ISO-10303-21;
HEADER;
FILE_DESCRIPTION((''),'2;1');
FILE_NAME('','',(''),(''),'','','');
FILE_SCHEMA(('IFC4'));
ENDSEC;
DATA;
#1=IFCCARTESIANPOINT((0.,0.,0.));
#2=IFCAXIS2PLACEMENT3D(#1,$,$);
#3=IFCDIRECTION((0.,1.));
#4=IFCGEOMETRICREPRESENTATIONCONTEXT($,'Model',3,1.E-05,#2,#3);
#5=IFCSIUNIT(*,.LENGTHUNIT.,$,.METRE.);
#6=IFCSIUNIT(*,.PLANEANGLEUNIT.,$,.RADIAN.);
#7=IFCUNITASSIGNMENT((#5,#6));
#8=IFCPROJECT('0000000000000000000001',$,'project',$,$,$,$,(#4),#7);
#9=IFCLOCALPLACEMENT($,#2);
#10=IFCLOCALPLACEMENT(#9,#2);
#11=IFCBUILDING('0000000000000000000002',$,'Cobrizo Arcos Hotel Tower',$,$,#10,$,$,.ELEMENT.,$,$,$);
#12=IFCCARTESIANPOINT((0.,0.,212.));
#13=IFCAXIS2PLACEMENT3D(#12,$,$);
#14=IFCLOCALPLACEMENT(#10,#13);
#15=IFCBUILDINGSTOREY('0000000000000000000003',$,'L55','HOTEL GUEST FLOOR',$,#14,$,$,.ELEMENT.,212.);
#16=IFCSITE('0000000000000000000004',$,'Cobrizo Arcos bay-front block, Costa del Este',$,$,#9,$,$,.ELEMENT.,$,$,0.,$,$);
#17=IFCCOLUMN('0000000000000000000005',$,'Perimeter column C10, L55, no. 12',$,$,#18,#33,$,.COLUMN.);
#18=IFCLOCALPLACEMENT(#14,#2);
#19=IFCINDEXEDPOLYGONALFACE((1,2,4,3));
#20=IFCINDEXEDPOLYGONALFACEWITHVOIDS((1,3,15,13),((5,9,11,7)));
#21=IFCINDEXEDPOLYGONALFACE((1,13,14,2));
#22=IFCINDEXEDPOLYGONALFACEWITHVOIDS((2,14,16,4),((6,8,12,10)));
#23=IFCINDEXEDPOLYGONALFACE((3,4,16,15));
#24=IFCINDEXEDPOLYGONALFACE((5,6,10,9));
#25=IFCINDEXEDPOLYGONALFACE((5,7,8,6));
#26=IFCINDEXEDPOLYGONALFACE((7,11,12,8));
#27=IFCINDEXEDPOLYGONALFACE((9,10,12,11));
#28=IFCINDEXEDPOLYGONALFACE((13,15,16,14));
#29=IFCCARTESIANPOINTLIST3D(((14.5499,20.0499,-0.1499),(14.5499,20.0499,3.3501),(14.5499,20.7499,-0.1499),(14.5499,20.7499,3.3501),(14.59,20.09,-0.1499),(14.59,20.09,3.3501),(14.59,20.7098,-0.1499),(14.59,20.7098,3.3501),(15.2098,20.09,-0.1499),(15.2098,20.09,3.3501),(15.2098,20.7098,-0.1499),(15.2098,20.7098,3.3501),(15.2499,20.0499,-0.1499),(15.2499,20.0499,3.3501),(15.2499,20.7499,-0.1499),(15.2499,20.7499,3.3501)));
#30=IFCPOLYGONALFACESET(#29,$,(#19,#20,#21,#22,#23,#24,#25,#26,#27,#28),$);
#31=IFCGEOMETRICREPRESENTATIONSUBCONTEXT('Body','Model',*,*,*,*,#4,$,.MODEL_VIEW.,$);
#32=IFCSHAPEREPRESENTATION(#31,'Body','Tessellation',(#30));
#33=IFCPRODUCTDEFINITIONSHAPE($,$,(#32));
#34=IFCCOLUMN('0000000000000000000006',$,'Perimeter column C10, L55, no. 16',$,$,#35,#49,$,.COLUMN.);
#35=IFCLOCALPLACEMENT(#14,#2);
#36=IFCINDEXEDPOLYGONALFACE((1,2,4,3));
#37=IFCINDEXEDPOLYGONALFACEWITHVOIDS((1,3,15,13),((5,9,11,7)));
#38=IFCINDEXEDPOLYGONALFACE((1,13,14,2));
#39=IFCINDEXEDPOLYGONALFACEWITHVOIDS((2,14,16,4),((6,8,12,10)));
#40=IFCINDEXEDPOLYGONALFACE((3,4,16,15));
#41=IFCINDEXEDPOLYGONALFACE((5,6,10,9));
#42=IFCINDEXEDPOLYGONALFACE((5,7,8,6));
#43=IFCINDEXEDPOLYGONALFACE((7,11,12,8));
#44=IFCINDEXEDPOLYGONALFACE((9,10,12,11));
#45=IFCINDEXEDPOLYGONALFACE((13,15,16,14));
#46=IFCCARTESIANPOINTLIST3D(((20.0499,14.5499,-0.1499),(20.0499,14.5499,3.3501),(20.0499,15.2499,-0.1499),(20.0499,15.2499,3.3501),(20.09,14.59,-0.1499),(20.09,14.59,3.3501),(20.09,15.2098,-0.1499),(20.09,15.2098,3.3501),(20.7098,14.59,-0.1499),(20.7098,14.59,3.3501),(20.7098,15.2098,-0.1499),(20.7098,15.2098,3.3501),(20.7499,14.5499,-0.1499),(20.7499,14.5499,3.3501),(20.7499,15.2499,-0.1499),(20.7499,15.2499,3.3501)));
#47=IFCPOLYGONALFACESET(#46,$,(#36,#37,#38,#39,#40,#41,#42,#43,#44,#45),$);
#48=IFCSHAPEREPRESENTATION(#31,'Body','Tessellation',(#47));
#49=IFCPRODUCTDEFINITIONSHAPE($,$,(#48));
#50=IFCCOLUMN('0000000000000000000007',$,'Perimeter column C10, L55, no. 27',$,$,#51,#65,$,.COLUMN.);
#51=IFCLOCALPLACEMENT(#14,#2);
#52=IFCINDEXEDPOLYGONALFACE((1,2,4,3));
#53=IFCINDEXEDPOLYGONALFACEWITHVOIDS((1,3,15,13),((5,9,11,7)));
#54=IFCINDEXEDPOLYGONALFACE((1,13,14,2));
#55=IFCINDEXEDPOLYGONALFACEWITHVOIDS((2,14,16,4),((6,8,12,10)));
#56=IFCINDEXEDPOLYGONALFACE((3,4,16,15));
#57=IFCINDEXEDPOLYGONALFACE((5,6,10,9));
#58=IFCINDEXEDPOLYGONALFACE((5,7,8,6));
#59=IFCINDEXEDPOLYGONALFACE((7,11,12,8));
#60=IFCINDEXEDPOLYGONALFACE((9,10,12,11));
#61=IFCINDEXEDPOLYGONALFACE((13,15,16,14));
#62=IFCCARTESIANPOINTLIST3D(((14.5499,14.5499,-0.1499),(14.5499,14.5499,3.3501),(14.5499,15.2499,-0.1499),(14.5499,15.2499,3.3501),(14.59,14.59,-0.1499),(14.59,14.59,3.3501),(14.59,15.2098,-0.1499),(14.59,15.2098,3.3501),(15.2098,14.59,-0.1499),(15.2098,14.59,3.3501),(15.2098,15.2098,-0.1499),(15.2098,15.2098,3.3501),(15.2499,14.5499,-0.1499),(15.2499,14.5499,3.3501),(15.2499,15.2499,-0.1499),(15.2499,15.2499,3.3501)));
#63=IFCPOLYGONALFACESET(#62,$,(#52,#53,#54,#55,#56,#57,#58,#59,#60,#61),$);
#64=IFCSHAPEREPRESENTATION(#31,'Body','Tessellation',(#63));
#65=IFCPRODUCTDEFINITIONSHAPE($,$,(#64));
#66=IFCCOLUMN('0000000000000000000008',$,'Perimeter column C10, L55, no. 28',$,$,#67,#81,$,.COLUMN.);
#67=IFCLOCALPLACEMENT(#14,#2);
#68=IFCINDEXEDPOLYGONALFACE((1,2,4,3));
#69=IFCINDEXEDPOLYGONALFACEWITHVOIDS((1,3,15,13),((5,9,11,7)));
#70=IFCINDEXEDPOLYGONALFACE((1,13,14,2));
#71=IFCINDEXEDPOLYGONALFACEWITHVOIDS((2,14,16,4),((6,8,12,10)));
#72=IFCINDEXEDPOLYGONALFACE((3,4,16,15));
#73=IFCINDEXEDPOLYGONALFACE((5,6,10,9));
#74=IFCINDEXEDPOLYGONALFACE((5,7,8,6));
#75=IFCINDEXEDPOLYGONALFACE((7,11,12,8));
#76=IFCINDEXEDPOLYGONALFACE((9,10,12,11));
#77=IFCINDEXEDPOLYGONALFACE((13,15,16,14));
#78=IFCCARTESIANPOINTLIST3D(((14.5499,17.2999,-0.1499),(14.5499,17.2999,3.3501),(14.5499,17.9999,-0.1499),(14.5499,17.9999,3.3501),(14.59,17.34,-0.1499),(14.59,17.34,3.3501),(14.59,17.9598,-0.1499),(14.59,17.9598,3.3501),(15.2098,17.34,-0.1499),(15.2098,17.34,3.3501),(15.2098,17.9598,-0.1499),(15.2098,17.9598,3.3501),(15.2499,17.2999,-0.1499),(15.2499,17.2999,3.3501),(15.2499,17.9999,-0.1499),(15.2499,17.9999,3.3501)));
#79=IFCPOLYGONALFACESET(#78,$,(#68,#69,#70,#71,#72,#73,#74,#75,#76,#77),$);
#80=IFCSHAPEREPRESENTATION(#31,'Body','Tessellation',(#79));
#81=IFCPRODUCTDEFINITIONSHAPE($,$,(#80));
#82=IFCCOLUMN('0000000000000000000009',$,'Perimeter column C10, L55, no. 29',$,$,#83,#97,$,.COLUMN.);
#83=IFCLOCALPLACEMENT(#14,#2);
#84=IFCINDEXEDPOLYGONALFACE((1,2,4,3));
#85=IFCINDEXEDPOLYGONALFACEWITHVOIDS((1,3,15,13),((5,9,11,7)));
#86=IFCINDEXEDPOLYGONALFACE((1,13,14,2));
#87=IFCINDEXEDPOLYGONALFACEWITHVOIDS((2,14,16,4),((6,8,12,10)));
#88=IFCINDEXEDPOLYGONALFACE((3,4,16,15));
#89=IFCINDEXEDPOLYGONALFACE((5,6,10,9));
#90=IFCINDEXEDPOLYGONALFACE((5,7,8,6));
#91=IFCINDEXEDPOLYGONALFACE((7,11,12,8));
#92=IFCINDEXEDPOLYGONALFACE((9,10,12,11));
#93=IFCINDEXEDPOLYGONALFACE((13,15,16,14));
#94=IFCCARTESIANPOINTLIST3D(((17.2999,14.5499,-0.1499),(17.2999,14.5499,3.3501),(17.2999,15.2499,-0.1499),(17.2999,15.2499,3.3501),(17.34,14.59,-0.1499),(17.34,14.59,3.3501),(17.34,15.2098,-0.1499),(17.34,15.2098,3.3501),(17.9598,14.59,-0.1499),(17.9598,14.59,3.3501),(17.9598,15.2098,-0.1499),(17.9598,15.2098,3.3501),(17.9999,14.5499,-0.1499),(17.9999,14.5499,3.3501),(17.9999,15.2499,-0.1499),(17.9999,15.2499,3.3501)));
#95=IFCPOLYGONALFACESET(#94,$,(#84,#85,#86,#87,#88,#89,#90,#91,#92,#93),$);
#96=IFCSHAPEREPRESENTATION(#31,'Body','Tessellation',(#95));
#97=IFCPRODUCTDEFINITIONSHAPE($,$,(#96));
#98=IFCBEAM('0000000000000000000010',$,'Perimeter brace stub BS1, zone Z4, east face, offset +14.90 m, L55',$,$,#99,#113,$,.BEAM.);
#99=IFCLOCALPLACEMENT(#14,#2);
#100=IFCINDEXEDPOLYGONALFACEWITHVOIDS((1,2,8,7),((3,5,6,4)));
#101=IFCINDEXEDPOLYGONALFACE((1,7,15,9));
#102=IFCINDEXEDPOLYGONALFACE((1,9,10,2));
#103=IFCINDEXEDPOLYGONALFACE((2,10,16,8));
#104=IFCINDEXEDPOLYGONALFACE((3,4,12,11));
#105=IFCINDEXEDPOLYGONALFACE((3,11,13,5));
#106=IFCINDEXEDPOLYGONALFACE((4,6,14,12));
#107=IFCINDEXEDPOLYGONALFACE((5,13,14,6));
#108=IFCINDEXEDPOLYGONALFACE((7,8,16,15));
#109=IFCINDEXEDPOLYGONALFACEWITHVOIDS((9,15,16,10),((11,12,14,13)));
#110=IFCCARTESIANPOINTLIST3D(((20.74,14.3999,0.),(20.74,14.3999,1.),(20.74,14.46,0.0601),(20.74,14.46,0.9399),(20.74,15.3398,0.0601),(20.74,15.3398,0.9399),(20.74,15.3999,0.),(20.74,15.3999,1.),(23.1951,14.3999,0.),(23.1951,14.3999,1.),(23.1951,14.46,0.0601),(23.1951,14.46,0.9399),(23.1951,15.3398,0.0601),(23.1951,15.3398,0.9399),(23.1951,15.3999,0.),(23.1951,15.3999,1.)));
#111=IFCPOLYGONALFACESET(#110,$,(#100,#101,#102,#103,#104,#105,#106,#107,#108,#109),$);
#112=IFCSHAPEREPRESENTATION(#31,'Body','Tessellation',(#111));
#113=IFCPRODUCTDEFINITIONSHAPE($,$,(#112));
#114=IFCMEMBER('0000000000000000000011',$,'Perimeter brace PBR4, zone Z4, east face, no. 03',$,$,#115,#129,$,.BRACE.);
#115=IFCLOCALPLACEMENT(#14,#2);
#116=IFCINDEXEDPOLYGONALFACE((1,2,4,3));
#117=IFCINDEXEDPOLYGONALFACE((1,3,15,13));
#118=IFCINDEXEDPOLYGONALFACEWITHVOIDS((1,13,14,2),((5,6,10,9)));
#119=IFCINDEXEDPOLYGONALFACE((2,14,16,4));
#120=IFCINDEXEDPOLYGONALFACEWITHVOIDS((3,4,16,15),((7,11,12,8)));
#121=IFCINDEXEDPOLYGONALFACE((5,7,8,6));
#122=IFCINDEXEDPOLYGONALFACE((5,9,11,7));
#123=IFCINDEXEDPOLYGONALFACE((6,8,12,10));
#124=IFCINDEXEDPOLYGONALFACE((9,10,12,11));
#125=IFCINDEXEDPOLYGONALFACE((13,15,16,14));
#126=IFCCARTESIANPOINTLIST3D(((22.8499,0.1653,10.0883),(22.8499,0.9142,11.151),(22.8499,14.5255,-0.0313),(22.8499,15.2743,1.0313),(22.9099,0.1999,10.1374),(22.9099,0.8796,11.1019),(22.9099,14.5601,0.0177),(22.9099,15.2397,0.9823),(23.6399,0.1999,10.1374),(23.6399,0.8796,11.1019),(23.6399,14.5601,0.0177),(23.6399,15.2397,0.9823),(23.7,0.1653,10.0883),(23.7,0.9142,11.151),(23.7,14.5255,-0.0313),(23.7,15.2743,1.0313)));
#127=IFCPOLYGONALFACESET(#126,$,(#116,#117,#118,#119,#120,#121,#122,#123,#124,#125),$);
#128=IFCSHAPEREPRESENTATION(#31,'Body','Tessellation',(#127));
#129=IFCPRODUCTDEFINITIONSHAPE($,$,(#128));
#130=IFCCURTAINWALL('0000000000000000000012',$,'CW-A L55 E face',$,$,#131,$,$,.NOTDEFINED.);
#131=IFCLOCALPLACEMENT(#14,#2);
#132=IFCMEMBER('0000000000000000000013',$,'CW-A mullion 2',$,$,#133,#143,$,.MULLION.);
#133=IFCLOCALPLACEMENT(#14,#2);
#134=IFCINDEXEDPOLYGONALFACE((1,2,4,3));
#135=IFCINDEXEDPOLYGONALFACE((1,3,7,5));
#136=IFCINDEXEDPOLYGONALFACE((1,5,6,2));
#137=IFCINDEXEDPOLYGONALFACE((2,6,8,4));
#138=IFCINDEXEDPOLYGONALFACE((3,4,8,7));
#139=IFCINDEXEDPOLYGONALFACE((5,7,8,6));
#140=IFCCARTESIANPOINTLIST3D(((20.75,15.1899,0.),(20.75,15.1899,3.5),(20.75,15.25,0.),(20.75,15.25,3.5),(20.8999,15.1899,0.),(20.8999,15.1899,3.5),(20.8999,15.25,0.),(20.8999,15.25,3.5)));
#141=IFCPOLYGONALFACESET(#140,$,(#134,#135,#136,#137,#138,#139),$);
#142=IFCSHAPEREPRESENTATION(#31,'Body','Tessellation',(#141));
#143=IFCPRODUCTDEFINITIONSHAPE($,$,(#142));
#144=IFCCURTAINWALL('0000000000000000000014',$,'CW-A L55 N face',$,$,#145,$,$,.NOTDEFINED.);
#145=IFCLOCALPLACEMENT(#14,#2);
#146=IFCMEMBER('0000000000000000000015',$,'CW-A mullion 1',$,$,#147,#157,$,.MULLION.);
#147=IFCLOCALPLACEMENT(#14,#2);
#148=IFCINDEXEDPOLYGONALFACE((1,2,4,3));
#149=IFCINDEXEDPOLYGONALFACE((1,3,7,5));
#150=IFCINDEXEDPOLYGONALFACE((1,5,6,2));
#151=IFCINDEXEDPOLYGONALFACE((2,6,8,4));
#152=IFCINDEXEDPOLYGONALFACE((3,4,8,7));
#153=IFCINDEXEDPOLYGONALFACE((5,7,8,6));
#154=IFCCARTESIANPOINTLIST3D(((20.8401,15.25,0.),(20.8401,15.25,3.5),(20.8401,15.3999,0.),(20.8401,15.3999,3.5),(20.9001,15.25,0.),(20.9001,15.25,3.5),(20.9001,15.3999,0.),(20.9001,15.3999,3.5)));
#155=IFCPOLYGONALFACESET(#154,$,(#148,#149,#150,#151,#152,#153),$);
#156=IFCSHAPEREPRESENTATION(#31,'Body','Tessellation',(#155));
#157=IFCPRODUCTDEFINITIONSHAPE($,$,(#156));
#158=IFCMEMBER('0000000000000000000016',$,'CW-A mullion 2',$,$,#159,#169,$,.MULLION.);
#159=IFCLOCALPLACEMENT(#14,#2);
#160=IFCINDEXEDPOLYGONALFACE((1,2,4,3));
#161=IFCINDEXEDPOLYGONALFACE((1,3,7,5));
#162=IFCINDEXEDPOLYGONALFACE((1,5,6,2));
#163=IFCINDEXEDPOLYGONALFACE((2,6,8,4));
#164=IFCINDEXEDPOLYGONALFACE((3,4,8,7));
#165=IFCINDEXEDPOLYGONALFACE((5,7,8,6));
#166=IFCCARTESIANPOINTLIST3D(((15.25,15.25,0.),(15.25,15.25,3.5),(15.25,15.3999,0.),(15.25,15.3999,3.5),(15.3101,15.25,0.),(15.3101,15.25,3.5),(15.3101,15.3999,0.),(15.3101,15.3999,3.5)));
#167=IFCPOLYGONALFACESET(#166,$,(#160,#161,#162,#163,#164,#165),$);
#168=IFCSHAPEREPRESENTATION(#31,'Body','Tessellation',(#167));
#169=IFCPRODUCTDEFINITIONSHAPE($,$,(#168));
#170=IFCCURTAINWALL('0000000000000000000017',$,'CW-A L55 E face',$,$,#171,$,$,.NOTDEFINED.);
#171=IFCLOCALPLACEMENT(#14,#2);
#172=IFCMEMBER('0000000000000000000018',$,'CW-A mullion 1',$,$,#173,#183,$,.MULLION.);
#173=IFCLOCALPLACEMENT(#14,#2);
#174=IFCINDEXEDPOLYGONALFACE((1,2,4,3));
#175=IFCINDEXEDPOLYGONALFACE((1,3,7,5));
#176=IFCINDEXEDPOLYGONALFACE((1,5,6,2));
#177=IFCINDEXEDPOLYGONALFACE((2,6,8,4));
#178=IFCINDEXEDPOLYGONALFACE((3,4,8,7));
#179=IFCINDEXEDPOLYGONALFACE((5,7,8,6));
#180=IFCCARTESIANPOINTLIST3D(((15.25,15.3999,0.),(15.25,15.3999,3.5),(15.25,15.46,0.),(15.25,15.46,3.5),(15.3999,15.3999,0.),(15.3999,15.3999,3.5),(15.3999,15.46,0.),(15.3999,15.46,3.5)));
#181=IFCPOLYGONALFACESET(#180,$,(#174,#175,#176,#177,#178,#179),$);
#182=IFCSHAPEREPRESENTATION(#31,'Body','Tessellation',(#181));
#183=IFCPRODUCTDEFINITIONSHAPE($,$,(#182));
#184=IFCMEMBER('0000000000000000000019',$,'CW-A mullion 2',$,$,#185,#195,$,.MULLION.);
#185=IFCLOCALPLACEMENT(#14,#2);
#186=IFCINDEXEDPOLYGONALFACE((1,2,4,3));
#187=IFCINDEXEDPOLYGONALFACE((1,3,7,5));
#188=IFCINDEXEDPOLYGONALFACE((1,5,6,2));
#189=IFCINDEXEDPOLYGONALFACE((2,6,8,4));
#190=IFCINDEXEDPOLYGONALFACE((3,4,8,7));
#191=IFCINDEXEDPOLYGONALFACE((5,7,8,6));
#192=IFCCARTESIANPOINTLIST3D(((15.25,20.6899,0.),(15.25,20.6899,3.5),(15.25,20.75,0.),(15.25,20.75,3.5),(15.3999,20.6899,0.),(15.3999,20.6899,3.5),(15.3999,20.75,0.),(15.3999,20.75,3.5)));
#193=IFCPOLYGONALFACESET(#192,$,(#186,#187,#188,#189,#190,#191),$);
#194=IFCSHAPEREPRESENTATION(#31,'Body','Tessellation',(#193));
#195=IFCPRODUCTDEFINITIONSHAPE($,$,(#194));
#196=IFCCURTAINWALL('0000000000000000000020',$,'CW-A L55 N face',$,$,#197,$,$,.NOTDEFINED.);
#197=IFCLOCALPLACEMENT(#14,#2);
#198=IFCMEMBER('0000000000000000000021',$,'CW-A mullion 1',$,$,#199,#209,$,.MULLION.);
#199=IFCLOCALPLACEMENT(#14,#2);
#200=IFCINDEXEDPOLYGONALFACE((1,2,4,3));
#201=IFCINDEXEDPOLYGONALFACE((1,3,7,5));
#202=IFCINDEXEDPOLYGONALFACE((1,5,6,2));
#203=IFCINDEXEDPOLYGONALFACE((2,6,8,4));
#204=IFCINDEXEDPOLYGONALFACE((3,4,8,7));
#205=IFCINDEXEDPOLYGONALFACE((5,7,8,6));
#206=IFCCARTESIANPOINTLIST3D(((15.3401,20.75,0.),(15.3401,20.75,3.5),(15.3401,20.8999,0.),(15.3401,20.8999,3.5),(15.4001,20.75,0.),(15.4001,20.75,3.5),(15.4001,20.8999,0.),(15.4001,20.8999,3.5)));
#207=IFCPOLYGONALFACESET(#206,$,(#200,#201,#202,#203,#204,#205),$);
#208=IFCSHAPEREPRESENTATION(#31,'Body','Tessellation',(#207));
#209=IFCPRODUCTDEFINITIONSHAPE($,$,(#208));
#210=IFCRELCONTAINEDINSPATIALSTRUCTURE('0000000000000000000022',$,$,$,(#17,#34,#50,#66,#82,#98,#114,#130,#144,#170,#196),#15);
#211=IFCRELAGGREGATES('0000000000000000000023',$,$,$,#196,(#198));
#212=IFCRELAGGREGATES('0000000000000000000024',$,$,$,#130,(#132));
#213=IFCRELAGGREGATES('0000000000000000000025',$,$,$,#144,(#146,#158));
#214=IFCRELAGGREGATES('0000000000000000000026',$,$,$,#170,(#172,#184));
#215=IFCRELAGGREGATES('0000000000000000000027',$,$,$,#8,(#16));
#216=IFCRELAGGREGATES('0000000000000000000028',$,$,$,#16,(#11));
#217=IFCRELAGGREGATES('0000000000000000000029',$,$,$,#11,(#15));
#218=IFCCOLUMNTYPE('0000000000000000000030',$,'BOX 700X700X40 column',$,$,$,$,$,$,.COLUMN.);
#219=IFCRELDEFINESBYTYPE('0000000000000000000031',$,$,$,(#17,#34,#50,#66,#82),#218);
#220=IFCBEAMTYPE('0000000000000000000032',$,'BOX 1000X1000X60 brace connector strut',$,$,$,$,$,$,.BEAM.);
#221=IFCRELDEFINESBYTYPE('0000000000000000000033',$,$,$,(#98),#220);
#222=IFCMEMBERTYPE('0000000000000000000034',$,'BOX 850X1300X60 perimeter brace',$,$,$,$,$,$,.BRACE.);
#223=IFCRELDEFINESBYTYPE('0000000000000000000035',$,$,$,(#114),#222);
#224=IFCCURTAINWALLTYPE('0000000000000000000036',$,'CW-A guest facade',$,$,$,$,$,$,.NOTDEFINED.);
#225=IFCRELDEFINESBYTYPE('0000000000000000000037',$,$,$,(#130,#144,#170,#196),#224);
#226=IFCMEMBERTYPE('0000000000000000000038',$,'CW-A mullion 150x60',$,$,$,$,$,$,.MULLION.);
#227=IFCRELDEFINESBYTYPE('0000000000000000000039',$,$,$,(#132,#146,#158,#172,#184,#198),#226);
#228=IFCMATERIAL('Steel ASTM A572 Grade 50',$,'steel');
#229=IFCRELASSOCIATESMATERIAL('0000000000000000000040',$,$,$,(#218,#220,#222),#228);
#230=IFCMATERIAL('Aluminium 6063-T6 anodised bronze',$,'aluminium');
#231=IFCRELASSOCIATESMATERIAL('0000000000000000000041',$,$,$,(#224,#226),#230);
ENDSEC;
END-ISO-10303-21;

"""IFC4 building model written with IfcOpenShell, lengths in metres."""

from ifc_helpers import new_model, si_unit, direction, frame, origin, origin_2d, place, context, subcontext, project, spatial, rectangle, hollow_rectangle, extrude, material, material_profile, profile_set, type_object, element, aggregate, save


model = new_model("IFC4")

# Units and contexts
model_context = context("Model", 3, precision=1e-05, world=origin(), true_north=direction((0.0, 1.0)))
body_context = subcontext(model_context, "Body", "Model", "MODEL_VIEW")
ifc_project = project(units=[si_unit("LENGTHUNIT", "METRE"), si_unit("PLANEANGLEUNIT", "RADIAN")], contexts=[model_context])

# Site, building, storey
site_placement = place(None, origin())
site = spatial("IfcSite", under=ifc_project, at=site_placement, Name="Cobrizo Arcos bay-front block, Costa del Este", CompositionType="ELEMENT", RefElevation=0.0)
building_placement = place(site_placement, origin())
building = spatial("IfcBuilding", under=site, at=building_placement, Name="Cobrizo Arcos Hotel Tower", CompositionType="ELEMENT")
storey_placement = place(building_placement, frame((0.0, 0.0, 212.0)))
storey = spatial("IfcBuildingStorey", under=building, at=storey_placement, Name="L55", Description="HOTEL GUEST FLOOR", CompositionType="ELEMENT", Elevation=212.0)

# Columns
ifc_material_1 = material(Name="Steel ASTM A572 Grade 50", Category="steel")
ifc_material_profile_1 = material_profile(ifc_material_1, hollow_rectangle(XDim=0.7, YDim=0.7, WallThickness=0.04, at=origin_2d()), Name="BOX 700X700X40")
ifc_profile_set_1 = profile_set([ifc_material_profile_1], Name="Steel ASTM A572 Grade 50")
column_type = type_object("IfcColumnType", Name="BOX 700X700X40 column", PredefinedType="COLUMN", material=ifc_profile_set_1)
for number, where, z_axis, x_axis, name in (
    (1, (14.8999, 20.3999, -0.1499), (0.0, 0.0, 1.0), (1.0, 0.0, 0.0), "Perimeter column C10, L55, no. 12"),
    (2, (20.3999, 14.8999, -0.1499), (0.0, 0.0, 1.0), (1.0, 0.0, 0.0), "Perimeter column C10, L55, no. 16"),
    (3, (14.8999, 14.8999, -0.1499), (0.0, 0.0, 1.0), (1.0, 0.0, 0.0), "Perimeter column C10, L55, no. 27"),
    (4, (14.8999, 17.6499, -0.1499), (0.0, 0.0, 1.0), (1.0, 0.0, 0.0), "Perimeter column C10, L55, no. 28"),
    (5, (17.6499, 14.8999, -0.1499), (0.0, 0.0, 1.0), (1.0, 0.0, 0.0), "Perimeter column C10, L55, no. 29"),
):
    element("IfcColumn", number, at=place(storey_placement, frame(where, z_axis=z_axis, x_axis=x_axis)), inside=storey, type_object=column_type, Name=name, PredefinedType="COLUMN", context=body_context, shape_type="SweptSolid", body=[
        extrude(hollow_rectangle(XDim=0.7, YDim=0.7, WallThickness=0.04, at=origin_2d()), origin(), (0.0, 0.0, 1.0), 3.5),
    ])

# Beam
ifc_material_profile_2 = material_profile(ifc_material_1, hollow_rectangle(XDim=1.0, YDim=1.0, WallThickness=0.0601, at=origin_2d()), Name="BOX 1000X1000X60")
ifc_profile_set_2 = profile_set([ifc_material_profile_2], Name="Steel ASTM A572 Grade 50")
beam_type_1 = type_object("IfcBeamType", Name="BOX 1000X1000X60 brace connector strut", PredefinedType="BEAM", material=ifc_profile_set_2)
beam_1_placement = place(storey_placement, frame((20.74, 14.8999, 0.5), z_axis=(1.0, 0.0, 0.0), x_axis=(0.0, 1.0, 0.0)))
element("IfcBeam", 6, at=beam_1_placement, inside=storey, type_object=beam_type_1, Name="Perimeter brace stub BS1, zone Z4, east face, offset +14.90 m, L55", PredefinedType="BEAM", context=body_context, shape_type="SweptSolid", body=[
    extrude(hollow_rectangle(XDim=1.0, YDim=1.0, WallThickness=0.0601, at=origin_2d()), origin(), (0.0, 0.0, 1.0), 2.4551),
])

# Member
ifc_material_profile_3 = material_profile(ifc_material_1, hollow_rectangle(XDim=0.8501, YDim=1.3, WallThickness=0.0601, at=origin_2d()), Name="BOX 850X1300X60")
ifc_profile_set_3 = profile_set([ifc_material_profile_3], Name="Steel ASTM A572 Grade 50")
member_type_1 = type_object("IfcMemberType", Name="BOX 850X1300X60 perimeter brace", PredefinedType="BRACE", material=ifc_profile_set_3)
member_1_placement = place(storey_placement, frame((23.2749, 14.8999, 0.5), z_axis=(0.0, -0.817421, 0.57604), x_axis=(1.0, 0.0, 0.0)))
element("IfcMember", 7, at=member_1_placement, inside=storey, type_object=member_type_1, Name="Perimeter brace PBR4, zone Z4, east face, no. 03", PredefinedType="BRACE", context=body_context, shape_type="SweptSolid", body=[
    extrude(hollow_rectangle(XDim=0.8501, YDim=1.3, WallThickness=0.0601, at=origin_2d()), origin(), (0.0, 0.0, 1.0), 17.5676),
])

# Curtain wall, member
ifc_material_2 = material(Name="Aluminium 6063-T6 anodised bronze", Category="aluminium")
curtain_wall_type = type_object("IfcCurtainWallType", Name="CW-A guest facade", PredefinedType="NOTDEFINED", material=ifc_material_2)
curtain_wall_1_placement = place(storey_placement, origin())
curtain_wall_1 = element("IfcCurtainWall", 8, at=curtain_wall_1_placement, inside=storey, type_object=curtain_wall_type, Name="CW-A L55 E face", PredefinedType="NOTDEFINED")
ifc_material_profile_4 = material_profile(ifc_material_2, rectangle(XDim=0.1499, YDim=0.0601, at=origin_2d()), Name="CW-A mullion 150x60")
ifc_profile_set_4 = profile_set([ifc_material_profile_4], Name="Aluminium 6063-T6 anodised bronze")
member_type_2 = type_object("IfcMemberType", Name="CW-A mullion 150x60", PredefinedType="MULLION", material=ifc_profile_set_4)
member_2_placement = place(storey_placement, frame((20.825, 15.22, 0.0), z_axis=(0.0, 0.0, 1.0), x_axis=(1.0, 0.0, 0.0)))
member_2 = element("IfcMember", 9, at=member_2_placement, type_object=member_type_2, Name="CW-A mullion 2", PredefinedType="MULLION", context=body_context, shape_type="SweptSolid", body=[
    extrude(rectangle(XDim=0.1499, YDim=0.0601, at=origin_2d()), origin(), (0.0, 0.0, 1.0), 3.5),
])

# Curtain walls, members
curtain_wall_2_placement = place(storey_placement, origin())
curtain_wall_2 = element("IfcCurtainWall", 10, at=curtain_wall_2_placement, inside=storey, type_object=curtain_wall_type, Name="CW-A L55 N face", PredefinedType="NOTDEFINED")
member_3_placement = place(storey_placement, frame((20.8701, 15.325, 0.0), z_axis=(0.0, 0.0, 1.0), x_axis=(0.0, 1.0, 0.0)))
member_3 = element("IfcMember", 11, at=member_3_placement, type_object=member_type_2, Name="CW-A mullion 1", PredefinedType="MULLION", context=body_context, shape_type="SweptSolid", body=[
    extrude(rectangle(XDim=0.1499, YDim=0.0601, at=origin_2d()), origin(), (0.0, 0.0, 1.0), 3.5),
])
member_4_placement = place(storey_placement, frame((15.28, 15.325, 0.0), z_axis=(0.0, 0.0, 1.0), x_axis=(0.0, 1.0, 0.0)))
member_4 = element("IfcMember", 12, at=member_4_placement, type_object=member_type_2, Name="CW-A mullion 2", PredefinedType="MULLION", context=body_context, shape_type="SweptSolid", body=[
    extrude(rectangle(XDim=0.1499, YDim=0.0601, at=origin_2d()), origin(), (0.0, 0.0, 1.0), 3.5),
])
curtain_wall_3_placement = place(storey_placement, origin())
curtain_wall_3 = element("IfcCurtainWall", 13, at=curtain_wall_3_placement, inside=storey, type_object=curtain_wall_type, Name="CW-A L55 E face", PredefinedType="NOTDEFINED")
member_5_placement = place(storey_placement, frame((15.325, 15.4299, 0.0), z_axis=(0.0, 0.0, 1.0), x_axis=(1.0, 0.0, 0.0)))
member_5 = element("IfcMember", 14, at=member_5_placement, type_object=member_type_2, Name="CW-A mullion 1", PredefinedType="MULLION", context=body_context, shape_type="SweptSolid", body=[
    extrude(rectangle(XDim=0.1499, YDim=0.0601, at=origin_2d()), origin(), (0.0, 0.0, 1.0), 3.5),
])
member_6_placement = place(storey_placement, frame((15.325, 20.72, 0.0), z_axis=(0.0, 0.0, 1.0), x_axis=(1.0, 0.0, 0.0)))
member_6 = element("IfcMember", 15, at=member_6_placement, type_object=member_type_2, Name="CW-A mullion 2", PredefinedType="MULLION", context=body_context, shape_type="SweptSolid", body=[
    extrude(rectangle(XDim=0.1499, YDim=0.0601, at=origin_2d()), origin(), (0.0, 0.0, 1.0), 3.5),
])

# Curtain wall, member
curtain_wall_4_placement = place(storey_placement, origin())
curtain_wall_4 = element("IfcCurtainWall", 16, at=curtain_wall_4_placement, inside=storey, type_object=curtain_wall_type, Name="CW-A L55 N face", PredefinedType="NOTDEFINED")
member_7_placement = place(storey_placement, frame((15.3701, 20.825, 0.0), z_axis=(0.0, 0.0, 1.0), x_axis=(0.0, 1.0, 0.0)))
member_7 = element("IfcMember", 17, at=member_7_placement, type_object=member_type_2, Name="CW-A mullion 1", PredefinedType="MULLION", context=body_context, shape_type="SweptSolid", body=[
    extrude(rectangle(XDim=0.1499, YDim=0.0601, at=origin_2d()), origin(), (0.0, 0.0, 1.0), 3.5),
])
aggregate(curtain_wall_4, [member_7])

aggregate(curtain_wall_1, [member_2])
aggregate(curtain_wall_2, [member_3, member_4])
aggregate(curtain_wall_3, [member_5, member_6])

save(model, "model.ifc")
